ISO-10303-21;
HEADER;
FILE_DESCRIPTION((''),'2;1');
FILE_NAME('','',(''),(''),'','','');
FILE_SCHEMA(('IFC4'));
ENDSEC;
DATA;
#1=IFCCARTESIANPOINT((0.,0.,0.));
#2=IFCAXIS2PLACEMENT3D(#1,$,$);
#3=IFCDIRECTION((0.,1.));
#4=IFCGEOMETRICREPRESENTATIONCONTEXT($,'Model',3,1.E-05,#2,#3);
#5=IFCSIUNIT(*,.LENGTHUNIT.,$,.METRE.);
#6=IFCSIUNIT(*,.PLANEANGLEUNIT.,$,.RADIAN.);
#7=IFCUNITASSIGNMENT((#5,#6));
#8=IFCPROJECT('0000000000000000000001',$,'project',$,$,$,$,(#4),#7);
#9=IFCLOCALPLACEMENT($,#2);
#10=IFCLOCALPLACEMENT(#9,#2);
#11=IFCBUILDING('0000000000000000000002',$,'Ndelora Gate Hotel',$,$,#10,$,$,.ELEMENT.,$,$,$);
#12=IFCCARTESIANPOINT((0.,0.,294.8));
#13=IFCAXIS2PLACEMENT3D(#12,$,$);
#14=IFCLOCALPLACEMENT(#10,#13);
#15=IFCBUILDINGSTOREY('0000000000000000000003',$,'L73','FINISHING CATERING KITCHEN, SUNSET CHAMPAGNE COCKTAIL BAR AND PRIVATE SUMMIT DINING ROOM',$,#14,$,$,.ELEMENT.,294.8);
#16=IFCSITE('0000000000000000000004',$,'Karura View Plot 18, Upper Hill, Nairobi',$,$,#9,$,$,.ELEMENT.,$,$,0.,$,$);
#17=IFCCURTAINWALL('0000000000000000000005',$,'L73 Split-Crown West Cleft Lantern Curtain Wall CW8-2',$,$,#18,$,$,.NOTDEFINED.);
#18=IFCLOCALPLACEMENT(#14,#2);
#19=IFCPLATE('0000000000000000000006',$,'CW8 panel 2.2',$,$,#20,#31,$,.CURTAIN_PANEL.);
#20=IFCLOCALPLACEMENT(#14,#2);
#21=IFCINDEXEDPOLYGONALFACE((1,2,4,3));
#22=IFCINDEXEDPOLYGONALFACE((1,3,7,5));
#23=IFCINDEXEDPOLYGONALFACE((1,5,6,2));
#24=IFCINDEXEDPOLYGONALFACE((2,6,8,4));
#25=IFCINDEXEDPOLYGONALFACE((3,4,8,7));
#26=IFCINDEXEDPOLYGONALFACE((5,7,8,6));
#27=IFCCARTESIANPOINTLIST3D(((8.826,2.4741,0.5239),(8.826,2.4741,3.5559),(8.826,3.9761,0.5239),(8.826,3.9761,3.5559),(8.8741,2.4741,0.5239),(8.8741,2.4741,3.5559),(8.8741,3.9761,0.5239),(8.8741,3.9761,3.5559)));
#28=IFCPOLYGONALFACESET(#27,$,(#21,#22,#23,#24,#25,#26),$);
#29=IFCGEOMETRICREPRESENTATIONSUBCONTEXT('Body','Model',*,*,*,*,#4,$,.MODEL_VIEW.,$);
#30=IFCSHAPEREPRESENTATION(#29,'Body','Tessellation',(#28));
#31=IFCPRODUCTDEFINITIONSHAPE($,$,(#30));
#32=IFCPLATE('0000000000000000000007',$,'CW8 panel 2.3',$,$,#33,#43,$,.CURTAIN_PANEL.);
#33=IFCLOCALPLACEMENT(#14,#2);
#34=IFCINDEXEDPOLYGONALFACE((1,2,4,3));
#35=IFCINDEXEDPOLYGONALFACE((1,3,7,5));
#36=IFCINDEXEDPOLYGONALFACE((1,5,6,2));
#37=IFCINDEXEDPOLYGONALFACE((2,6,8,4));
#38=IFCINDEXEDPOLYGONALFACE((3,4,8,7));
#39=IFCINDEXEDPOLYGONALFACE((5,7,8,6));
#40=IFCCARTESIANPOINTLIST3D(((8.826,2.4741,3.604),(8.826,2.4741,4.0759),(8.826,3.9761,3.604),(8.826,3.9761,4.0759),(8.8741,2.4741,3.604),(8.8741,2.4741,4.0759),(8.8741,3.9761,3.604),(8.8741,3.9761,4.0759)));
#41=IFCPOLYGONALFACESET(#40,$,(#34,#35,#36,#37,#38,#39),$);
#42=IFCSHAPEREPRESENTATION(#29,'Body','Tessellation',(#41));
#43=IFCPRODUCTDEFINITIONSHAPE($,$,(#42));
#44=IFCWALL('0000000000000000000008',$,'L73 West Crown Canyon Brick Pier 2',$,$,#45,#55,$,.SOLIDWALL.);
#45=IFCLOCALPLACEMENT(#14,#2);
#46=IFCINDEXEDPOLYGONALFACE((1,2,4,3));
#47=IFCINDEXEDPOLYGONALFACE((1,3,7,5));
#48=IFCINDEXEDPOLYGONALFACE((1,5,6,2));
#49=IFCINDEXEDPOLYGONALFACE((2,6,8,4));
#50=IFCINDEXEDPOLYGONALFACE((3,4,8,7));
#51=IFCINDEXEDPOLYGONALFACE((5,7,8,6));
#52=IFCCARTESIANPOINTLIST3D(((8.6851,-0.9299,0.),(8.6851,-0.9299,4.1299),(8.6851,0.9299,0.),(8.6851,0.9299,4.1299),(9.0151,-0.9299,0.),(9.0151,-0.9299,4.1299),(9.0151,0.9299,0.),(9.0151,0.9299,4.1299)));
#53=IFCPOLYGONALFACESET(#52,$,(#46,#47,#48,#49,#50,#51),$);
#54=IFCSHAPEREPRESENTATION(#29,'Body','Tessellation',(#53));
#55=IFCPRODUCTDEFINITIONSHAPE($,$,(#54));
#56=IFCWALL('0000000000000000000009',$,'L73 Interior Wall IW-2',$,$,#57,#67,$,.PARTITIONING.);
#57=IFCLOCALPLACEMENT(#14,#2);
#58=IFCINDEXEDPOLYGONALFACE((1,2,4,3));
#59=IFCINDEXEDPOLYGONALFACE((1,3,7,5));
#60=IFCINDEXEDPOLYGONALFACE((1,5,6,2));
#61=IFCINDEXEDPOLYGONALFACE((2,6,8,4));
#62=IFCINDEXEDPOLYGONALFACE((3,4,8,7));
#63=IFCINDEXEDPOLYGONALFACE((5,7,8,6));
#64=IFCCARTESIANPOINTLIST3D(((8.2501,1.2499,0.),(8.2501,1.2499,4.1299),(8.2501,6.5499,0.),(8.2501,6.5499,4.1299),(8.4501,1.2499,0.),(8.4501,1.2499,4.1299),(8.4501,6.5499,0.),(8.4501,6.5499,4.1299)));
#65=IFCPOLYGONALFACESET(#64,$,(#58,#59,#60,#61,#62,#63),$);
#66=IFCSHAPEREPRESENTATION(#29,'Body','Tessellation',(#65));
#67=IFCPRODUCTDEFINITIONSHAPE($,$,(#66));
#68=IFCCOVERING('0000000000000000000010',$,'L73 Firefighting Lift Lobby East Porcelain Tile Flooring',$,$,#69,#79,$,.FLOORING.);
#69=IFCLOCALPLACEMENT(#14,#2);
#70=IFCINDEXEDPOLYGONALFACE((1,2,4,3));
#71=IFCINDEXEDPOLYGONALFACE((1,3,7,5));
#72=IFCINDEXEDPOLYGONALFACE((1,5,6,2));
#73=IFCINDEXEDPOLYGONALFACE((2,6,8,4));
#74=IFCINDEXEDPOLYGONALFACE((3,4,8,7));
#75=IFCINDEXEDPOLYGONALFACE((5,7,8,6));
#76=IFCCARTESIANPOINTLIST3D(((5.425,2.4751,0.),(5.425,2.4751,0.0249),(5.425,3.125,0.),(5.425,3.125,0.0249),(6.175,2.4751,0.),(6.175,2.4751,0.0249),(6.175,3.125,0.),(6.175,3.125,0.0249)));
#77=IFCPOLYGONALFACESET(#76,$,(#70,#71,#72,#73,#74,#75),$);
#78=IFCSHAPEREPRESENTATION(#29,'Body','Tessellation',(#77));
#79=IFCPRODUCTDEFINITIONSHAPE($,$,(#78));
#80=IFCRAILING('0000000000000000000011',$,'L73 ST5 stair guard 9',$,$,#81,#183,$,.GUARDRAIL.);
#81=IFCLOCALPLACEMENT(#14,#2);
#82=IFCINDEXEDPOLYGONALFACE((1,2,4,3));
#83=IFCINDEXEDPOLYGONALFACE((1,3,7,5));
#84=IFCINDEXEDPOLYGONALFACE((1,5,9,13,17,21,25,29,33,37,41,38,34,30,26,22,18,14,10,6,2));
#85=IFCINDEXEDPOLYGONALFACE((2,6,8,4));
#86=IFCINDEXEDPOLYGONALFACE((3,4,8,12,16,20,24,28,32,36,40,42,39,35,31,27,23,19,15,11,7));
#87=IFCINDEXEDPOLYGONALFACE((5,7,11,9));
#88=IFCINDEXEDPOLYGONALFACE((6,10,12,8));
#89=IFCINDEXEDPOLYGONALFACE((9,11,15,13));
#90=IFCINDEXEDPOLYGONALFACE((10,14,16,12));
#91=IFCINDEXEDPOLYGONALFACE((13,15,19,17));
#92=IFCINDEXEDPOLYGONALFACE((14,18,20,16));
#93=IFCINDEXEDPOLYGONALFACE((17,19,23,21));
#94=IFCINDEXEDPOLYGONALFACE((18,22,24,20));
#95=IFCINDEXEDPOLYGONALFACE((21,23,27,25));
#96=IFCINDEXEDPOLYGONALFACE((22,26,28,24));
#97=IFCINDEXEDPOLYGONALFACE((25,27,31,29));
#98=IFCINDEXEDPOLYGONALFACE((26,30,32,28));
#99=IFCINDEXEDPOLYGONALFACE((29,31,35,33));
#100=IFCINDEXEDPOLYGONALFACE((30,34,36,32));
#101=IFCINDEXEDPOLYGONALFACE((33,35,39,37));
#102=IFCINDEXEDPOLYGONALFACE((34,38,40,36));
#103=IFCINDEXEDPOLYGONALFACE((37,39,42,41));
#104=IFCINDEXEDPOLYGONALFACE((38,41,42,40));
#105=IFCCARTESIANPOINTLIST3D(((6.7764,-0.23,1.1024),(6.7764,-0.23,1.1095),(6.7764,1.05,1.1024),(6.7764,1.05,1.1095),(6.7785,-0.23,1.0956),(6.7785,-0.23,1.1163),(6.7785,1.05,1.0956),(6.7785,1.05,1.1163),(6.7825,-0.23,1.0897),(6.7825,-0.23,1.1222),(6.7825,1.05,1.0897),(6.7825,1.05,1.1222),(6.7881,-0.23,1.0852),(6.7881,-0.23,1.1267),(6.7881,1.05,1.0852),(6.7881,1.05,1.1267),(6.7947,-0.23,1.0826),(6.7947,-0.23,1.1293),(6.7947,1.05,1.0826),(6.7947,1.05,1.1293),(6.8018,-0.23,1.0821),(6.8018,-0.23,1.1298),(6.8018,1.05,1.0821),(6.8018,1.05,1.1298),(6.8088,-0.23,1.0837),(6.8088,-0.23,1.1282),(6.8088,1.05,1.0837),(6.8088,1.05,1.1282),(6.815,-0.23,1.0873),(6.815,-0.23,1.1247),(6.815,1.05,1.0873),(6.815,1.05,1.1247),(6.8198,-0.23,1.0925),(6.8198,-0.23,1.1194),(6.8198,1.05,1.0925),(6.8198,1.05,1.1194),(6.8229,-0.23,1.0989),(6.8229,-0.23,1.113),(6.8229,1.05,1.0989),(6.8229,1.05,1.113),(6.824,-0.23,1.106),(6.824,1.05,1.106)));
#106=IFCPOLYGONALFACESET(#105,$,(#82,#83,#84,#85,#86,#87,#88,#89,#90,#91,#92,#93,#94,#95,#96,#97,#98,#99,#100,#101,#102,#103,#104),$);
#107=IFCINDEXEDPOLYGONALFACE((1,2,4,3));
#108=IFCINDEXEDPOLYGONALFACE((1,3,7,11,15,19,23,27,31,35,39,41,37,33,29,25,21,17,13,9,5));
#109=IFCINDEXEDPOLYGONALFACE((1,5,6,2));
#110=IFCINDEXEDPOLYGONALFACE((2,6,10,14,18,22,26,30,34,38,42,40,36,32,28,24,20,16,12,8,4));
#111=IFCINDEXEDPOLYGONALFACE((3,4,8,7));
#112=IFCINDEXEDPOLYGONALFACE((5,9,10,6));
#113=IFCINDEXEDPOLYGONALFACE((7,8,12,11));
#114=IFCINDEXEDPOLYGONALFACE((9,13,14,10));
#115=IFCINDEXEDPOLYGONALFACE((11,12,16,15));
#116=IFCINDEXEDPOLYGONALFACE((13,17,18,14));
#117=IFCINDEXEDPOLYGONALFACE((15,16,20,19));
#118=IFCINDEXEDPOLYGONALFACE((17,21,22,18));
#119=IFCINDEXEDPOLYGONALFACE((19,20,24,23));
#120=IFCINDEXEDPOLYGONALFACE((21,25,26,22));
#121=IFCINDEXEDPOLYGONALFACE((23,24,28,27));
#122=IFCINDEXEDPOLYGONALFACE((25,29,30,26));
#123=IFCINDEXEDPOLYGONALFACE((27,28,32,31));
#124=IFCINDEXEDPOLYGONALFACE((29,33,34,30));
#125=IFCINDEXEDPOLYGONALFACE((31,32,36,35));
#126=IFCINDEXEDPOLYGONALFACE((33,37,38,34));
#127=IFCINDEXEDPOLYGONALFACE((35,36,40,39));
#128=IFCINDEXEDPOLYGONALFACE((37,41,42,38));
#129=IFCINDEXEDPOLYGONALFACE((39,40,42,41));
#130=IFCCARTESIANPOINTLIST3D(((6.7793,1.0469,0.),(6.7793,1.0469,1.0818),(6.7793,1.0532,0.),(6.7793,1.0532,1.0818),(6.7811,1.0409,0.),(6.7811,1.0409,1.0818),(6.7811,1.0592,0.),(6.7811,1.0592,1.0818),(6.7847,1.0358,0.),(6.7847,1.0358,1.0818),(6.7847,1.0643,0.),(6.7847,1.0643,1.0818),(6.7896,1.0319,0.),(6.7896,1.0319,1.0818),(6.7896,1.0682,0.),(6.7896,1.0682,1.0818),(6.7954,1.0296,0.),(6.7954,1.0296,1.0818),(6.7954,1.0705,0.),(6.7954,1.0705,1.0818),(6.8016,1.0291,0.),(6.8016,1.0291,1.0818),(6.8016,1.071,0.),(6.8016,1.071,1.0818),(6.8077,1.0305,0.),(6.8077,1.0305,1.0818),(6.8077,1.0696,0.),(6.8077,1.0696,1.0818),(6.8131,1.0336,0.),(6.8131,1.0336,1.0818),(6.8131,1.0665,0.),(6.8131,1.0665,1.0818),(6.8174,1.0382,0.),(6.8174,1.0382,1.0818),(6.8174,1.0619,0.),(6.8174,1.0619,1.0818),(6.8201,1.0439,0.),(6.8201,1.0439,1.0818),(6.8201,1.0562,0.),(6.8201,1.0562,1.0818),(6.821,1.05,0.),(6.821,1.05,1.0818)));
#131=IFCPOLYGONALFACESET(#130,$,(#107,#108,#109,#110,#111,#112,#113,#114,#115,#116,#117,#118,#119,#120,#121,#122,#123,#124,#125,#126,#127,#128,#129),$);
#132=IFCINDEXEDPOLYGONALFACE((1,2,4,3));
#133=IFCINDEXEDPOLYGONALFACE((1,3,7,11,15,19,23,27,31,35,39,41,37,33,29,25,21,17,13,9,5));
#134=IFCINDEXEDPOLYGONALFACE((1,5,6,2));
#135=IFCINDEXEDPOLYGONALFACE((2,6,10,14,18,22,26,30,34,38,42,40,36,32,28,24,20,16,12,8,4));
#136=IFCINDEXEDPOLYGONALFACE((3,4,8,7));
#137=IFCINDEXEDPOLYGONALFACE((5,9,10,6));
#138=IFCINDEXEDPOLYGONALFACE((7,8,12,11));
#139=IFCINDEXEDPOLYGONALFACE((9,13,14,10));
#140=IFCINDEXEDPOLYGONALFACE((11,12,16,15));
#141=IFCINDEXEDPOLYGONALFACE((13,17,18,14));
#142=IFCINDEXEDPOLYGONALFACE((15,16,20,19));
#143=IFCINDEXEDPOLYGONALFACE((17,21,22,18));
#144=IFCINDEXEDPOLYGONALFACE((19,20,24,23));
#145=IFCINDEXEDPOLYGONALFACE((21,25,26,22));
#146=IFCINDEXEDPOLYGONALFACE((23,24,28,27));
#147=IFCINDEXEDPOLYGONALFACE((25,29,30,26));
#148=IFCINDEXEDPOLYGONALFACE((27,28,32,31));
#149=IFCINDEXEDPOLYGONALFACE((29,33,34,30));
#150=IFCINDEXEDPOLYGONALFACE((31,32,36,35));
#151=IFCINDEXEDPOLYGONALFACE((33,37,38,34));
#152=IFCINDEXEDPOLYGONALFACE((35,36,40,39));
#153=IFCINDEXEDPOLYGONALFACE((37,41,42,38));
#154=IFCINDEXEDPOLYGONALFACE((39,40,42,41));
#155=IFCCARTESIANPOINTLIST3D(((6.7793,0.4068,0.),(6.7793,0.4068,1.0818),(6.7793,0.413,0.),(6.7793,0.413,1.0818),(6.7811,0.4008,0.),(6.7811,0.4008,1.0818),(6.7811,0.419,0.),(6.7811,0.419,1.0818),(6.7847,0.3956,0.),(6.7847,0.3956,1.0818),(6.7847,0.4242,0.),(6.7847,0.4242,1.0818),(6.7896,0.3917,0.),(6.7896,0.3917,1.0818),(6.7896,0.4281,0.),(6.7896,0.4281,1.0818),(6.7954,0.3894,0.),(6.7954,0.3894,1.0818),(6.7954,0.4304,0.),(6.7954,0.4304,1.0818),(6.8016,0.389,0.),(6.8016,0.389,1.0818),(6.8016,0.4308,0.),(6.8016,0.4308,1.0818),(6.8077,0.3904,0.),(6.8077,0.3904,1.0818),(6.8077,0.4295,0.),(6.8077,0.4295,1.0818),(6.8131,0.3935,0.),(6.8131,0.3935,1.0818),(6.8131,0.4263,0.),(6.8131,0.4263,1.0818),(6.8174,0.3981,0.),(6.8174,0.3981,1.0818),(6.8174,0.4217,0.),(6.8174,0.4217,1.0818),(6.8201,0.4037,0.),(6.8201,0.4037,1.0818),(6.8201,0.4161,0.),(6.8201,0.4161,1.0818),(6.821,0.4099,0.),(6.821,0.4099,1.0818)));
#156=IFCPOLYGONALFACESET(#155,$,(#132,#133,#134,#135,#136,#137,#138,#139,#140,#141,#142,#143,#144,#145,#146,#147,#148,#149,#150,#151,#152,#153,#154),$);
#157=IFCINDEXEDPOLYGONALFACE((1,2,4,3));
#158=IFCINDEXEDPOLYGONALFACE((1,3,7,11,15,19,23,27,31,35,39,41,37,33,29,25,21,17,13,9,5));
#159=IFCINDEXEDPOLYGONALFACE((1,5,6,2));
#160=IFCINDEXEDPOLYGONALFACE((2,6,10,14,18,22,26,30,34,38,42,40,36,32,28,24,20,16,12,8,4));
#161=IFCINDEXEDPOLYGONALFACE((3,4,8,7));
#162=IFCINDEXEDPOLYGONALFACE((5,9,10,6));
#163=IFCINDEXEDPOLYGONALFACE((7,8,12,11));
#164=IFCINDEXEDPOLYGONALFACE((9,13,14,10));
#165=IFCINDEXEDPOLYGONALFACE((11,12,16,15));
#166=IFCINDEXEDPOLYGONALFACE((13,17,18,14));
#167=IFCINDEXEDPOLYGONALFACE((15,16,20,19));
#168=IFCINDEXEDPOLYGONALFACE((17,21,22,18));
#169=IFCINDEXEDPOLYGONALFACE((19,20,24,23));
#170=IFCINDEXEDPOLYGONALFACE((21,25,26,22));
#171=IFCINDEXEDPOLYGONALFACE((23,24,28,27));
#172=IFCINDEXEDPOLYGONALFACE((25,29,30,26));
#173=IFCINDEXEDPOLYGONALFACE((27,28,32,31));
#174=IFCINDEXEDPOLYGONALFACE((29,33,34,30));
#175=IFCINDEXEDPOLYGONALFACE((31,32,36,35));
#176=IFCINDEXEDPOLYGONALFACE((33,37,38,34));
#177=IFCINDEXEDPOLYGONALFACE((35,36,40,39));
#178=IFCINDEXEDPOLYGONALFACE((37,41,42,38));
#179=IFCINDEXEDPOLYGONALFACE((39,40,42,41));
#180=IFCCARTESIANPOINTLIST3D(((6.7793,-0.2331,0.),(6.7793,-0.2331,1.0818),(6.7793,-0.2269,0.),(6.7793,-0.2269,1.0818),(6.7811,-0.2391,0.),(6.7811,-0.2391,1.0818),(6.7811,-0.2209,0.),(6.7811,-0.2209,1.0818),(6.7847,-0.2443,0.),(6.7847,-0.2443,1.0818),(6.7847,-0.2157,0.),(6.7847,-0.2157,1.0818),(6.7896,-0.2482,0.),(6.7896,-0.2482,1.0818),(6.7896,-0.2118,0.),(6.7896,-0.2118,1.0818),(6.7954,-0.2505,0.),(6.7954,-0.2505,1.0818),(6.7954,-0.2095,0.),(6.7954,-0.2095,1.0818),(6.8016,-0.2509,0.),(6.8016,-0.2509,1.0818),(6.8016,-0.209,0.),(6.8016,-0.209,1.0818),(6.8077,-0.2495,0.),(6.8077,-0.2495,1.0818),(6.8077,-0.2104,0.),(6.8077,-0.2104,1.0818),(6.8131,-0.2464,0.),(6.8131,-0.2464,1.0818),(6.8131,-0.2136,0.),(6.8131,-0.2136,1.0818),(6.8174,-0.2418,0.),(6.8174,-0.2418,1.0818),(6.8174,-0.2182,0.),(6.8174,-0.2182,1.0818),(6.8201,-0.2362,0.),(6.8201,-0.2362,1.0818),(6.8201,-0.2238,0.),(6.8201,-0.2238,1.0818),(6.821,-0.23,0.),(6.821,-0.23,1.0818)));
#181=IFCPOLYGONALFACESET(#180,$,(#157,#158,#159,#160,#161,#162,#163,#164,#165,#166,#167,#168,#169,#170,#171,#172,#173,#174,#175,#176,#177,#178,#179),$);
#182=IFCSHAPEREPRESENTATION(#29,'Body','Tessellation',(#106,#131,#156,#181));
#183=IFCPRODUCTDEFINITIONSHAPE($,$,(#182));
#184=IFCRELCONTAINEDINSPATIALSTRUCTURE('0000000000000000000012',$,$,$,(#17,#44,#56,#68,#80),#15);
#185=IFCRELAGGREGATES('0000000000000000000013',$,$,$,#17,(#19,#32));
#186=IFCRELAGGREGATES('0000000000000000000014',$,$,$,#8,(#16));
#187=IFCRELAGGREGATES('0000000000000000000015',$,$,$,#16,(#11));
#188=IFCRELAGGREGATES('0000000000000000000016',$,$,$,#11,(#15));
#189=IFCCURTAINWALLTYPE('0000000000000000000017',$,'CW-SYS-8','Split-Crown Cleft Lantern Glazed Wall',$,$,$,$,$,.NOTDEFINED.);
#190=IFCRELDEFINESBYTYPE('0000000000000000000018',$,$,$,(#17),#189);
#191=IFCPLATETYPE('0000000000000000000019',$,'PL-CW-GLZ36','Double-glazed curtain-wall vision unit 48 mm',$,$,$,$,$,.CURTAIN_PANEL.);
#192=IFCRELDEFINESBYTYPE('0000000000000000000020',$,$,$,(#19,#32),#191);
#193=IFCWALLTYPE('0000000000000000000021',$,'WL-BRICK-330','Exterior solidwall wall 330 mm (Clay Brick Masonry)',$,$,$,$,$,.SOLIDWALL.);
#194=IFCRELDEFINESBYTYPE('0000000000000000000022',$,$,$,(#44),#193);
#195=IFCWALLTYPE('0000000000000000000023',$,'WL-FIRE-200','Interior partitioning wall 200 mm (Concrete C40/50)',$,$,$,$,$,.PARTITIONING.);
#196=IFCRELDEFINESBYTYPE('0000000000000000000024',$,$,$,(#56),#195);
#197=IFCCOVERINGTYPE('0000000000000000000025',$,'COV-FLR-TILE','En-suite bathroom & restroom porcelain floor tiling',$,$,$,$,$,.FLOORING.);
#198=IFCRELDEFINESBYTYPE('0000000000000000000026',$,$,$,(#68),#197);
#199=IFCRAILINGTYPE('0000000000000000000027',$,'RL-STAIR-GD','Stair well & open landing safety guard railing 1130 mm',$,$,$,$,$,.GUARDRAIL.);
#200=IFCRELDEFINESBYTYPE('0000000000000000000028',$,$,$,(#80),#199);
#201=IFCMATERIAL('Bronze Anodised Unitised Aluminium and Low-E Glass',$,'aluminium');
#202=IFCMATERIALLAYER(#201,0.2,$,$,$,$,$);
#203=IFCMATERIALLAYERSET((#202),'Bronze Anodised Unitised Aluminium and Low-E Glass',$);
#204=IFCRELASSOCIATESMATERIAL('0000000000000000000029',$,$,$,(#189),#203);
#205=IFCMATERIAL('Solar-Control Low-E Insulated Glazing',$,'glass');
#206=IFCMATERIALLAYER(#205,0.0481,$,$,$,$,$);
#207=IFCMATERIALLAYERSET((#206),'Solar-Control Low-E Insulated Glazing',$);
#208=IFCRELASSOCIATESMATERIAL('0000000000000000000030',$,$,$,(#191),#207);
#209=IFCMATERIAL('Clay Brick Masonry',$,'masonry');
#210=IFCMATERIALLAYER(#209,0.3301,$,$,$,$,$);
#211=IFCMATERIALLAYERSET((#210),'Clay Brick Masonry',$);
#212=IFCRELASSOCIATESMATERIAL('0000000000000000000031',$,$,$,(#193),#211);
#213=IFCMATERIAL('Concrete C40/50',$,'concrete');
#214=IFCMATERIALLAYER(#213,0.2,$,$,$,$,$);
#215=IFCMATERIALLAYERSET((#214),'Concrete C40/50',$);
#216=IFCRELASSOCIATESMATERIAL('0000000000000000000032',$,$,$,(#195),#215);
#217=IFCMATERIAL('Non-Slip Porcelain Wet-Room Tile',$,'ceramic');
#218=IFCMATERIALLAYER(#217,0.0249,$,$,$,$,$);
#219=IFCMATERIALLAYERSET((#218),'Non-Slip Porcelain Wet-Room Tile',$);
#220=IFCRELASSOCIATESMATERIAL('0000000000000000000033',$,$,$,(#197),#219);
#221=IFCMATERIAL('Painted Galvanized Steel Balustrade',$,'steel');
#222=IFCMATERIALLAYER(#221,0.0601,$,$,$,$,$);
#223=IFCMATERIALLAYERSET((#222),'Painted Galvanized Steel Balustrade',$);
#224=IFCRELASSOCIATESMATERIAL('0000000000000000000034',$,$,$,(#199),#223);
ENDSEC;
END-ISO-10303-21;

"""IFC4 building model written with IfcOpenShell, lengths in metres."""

from ifc_helpers import new_model, si_unit, direction, frame, frame_2d, origin, origin_2d, place, context, subcontext, project, spatial, rectangle, circle, extrude, material, layer, layer_set, type_object, element, aggregate, save


model = new_model("IFC4")

# Units and contexts
model_context = context("Model", 3, precision=1e-05, world=origin(), true_north=direction((0.0, 1.0)))
body_context = subcontext(model_context, "Body", "Model", "MODEL_VIEW")
ifc_project = project(units=[si_unit("LENGTHUNIT", "METRE"), si_unit("PLANEANGLEUNIT", "RADIAN")], contexts=[model_context])

# Site, building, storey
site_placement = place(None, origin())
site = spatial("IfcSite", under=ifc_project, at=site_placement, Name="Karura View Plot 18, Upper Hill, Nairobi", CompositionType="ELEMENT", RefElevation=0.0)
building_placement = place(site_placement, origin())
building = spatial("IfcBuilding", under=site, at=building_placement, Name="Ndelora Gate Hotel", CompositionType="ELEMENT")
storey_placement = place(building_placement, frame((0.0, 0.0, 294.8)))
storey = spatial("IfcBuildingStorey", under=building, at=storey_placement, Name="L73", Description="FINISHING CATERING KITCHEN, SUNSET CHAMPAGNE COCKTAIL BAR AND PRIVATE SUMMIT DINING ROOM", CompositionType="ELEMENT", Elevation=294.8)

# Curtain wall
ifc_material_1 = material(Name="Bronze Anodised Unitised Aluminium and Low-E Glass", Category="aluminium")
ifc_layer_1 = layer(ifc_material_1, 0.2)
ifc_layer_set_1 = layer_set([ifc_layer_1], Name="Bronze Anodised Unitised Aluminium and Low-E Glass")
curtain_wall_type = type_object("IfcCurtainWallType", Name="CW-SYS-8", Description="Split-Crown Cleft Lantern Glazed Wall", PredefinedType="NOTDEFINED", material=ifc_layer_set_1)
curtain_wall_1_placement = place(storey_placement, origin())
curtain_wall_1 = element("IfcCurtainWall", 1, at=curtain_wall_1_placement, inside=storey, type_object=curtain_wall_type, Name="L73 Split-Crown West Cleft Lantern Curtain Wall CW8-2", PredefinedType="NOTDEFINED")

# Plates
ifc_material_2 = material(Name="Solar-Control Low-E Insulated Glazing", Category="glass")
ifc_layer_2 = layer(ifc_material_2, 0.0481)
ifc_layer_set_2 = layer_set([ifc_layer_2], Name="Solar-Control Low-E Insulated Glazing")
plate_type = type_object("IfcPlateType", Name="PL-CW-GLZ36", Description="Double-glazed curtain-wall vision unit 48 mm", PredefinedType="CURTAIN_PANEL", material=ifc_layer_set_2)
plate_1_placement = place(storey_placement, frame((8.8501, 3.2251, 0.5239), z_axis=(0.0, 0.0, 1.0), x_axis=(0.0, 1.0, 0.0)))
plate_1 = element("IfcPlate", 2, at=plate_1_placement, type_object=plate_type, Name="CW8 panel 2.2", PredefinedType="CURTAIN_PANEL", context=body_context, shape_type="SweptSolid", body=[
    extrude(rectangle(XDim=1.502, YDim=0.0481, at=origin_2d()), origin(), (0.0, 0.0, 1.0), 3.032),
])
plate_2_placement = place(storey_placement, frame((8.8501, 3.2251, 3.604), z_axis=(0.0, 0.0, 1.0), x_axis=(0.0, 1.0, 0.0)))
plate_2 = element("IfcPlate", 3, at=plate_2_placement, type_object=plate_type, Name="CW8 panel 2.3", PredefinedType="CURTAIN_PANEL", context=body_context, shape_type="SweptSolid", body=[
    extrude(rectangle(XDim=1.502, YDim=0.0481, at=origin_2d()), origin(), (0.0, 0.0, 1.0), 0.4719),
])
aggregate(curtain_wall_1, [plate_1, plate_2])

# Walls
ifc_material_3 = material(Name="Clay Brick Masonry", Category="masonry")
ifc_layer_3 = layer(ifc_material_3, 0.3301)
ifc_layer_set_3 = layer_set([ifc_layer_3], Name="Clay Brick Masonry")
wall_type_1 = type_object("IfcWallType", Name="WL-BRICK-330", Description="Exterior solidwall wall 330 mm (Clay Brick Masonry)", PredefinedType="SOLIDWALL", material=ifc_layer_set_3)
wall_1_placement = place(storey_placement, frame((8.8501, 0.9299, 0.0), z_axis=(0.0, 0.0, 1.0), x_axis=(0.0, -1.0, 0.0)))
element("IfcWall", 4, at=wall_1_placement, inside=storey, type_object=wall_type_1, Name="L73 West Crown Canyon Brick Pier 2", PredefinedType="SOLIDWALL", context=body_context, shape_type="SweptSolid", body=[
    extrude(rectangle(XDim=1.8599, YDim=0.3301, at=frame_2d((0.9299, 0.0))), origin(), (0.0, 0.0, 1.0), 4.1299),
])
ifc_material_4 = material(Name="Concrete C40/50", Category="concrete")
ifc_layer_4 = layer(ifc_material_4, 0.2)
ifc_layer_set_4 = layer_set([ifc_layer_4], Name="Concrete C40/50")
wall_type_2 = type_object("IfcWallType", Name="WL-FIRE-200", Description="Interior partitioning wall 200 mm (Concrete C40/50)", PredefinedType="PARTITIONING", material=ifc_layer_set_4)
wall_2_placement = place(storey_placement, frame((8.3501, 1.25, 0.0), z_axis=(0.0, 0.0, 1.0), x_axis=(0.0, 1.0, 0.0)))
element("IfcWall", 5, at=wall_2_placement, inside=storey, type_object=wall_type_2, Name="L73 Interior Wall IW-2", PredefinedType="PARTITIONING", context=body_context, shape_type="SweptSolid", body=[
    extrude(rectangle(XDim=5.3, YDim=0.2, at=frame_2d((2.6499, 0.0))), origin(), (0.0, 0.0, 1.0), 4.1299),
])

# Covering
ifc_material_5 = material(Name="Non-Slip Porcelain Wet-Room Tile", Category="ceramic")
ifc_layer_5 = layer(ifc_material_5, 0.0249)
ifc_layer_set_5 = layer_set([ifc_layer_5], Name="Non-Slip Porcelain Wet-Room Tile")
covering_type = type_object("IfcCoveringType", Name="COV-FLR-TILE", Description="En-suite bathroom & restroom porcelain floor tiling", PredefinedType="FLOORING", material=ifc_layer_set_5)
covering_placement = place(storey_placement, frame((5.8, 2.8, 0.0), z_axis=(0.0, 0.0, 1.0), x_axis=(1.0, 0.0, 0.0)))
element("IfcCovering", 6, at=covering_placement, inside=storey, type_object=covering_type, Name="L73 Firefighting Lift Lobby East Porcelain Tile Flooring", PredefinedType="FLOORING", context=body_context, shape_type="SweptSolid", body=[
    extrude(rectangle(XDim=0.75, YDim=0.6499, at=origin_2d()), origin(), (0.0, 0.0, 1.0), 0.0249),
])

# Railing
ifc_material_6 = material(Name="Painted Galvanized Steel Balustrade", Category="steel")
ifc_layer_6 = layer(ifc_material_6, 0.0601)
ifc_layer_set_6 = layer_set([ifc_layer_6], Name="Painted Galvanized Steel Balustrade")
railing_type = type_object("IfcRailingType", Name="RL-STAIR-GD", Description="Stair well & open landing safety guard railing 1130 mm", PredefinedType="GUARDRAIL", material=ifc_layer_set_6)
railing_placement = place(storey_placement, frame((6.8, 1.05, 0.0)))
element("IfcRailing", 7, at=railing_placement, inside=storey, type_object=railing_type, Name="L73 ST5 stair guard 9", PredefinedType="GUARDRAIL", context=body_context, shape_type="SweptSolid", body=[
    extrude(circle(Radius=0.0239, at=origin_2d()), frame((0.0, 0.0, 1.106), z_axis=(0.0, -1.0, 0.0), x_axis=(1.0, 0.0, 0.0)), (0.0, 0.0, 1.0), 1.28),
    extrude(circle(Radius=0.021, at=origin_2d()), origin(), (0.0, 0.0, 1.0), 1.0818),
    extrude(circle(Radius=0.021, at=origin_2d()), frame((0.0, -0.6401, 0.0)), (0.0, 0.0, 1.0), 1.0818),
    extrude(circle(Radius=0.021, at=origin_2d()), frame((0.0, -1.28, 0.0)), (0.0, 0.0, 1.0), 1.0818),
])

save(model, "model.ifc")
